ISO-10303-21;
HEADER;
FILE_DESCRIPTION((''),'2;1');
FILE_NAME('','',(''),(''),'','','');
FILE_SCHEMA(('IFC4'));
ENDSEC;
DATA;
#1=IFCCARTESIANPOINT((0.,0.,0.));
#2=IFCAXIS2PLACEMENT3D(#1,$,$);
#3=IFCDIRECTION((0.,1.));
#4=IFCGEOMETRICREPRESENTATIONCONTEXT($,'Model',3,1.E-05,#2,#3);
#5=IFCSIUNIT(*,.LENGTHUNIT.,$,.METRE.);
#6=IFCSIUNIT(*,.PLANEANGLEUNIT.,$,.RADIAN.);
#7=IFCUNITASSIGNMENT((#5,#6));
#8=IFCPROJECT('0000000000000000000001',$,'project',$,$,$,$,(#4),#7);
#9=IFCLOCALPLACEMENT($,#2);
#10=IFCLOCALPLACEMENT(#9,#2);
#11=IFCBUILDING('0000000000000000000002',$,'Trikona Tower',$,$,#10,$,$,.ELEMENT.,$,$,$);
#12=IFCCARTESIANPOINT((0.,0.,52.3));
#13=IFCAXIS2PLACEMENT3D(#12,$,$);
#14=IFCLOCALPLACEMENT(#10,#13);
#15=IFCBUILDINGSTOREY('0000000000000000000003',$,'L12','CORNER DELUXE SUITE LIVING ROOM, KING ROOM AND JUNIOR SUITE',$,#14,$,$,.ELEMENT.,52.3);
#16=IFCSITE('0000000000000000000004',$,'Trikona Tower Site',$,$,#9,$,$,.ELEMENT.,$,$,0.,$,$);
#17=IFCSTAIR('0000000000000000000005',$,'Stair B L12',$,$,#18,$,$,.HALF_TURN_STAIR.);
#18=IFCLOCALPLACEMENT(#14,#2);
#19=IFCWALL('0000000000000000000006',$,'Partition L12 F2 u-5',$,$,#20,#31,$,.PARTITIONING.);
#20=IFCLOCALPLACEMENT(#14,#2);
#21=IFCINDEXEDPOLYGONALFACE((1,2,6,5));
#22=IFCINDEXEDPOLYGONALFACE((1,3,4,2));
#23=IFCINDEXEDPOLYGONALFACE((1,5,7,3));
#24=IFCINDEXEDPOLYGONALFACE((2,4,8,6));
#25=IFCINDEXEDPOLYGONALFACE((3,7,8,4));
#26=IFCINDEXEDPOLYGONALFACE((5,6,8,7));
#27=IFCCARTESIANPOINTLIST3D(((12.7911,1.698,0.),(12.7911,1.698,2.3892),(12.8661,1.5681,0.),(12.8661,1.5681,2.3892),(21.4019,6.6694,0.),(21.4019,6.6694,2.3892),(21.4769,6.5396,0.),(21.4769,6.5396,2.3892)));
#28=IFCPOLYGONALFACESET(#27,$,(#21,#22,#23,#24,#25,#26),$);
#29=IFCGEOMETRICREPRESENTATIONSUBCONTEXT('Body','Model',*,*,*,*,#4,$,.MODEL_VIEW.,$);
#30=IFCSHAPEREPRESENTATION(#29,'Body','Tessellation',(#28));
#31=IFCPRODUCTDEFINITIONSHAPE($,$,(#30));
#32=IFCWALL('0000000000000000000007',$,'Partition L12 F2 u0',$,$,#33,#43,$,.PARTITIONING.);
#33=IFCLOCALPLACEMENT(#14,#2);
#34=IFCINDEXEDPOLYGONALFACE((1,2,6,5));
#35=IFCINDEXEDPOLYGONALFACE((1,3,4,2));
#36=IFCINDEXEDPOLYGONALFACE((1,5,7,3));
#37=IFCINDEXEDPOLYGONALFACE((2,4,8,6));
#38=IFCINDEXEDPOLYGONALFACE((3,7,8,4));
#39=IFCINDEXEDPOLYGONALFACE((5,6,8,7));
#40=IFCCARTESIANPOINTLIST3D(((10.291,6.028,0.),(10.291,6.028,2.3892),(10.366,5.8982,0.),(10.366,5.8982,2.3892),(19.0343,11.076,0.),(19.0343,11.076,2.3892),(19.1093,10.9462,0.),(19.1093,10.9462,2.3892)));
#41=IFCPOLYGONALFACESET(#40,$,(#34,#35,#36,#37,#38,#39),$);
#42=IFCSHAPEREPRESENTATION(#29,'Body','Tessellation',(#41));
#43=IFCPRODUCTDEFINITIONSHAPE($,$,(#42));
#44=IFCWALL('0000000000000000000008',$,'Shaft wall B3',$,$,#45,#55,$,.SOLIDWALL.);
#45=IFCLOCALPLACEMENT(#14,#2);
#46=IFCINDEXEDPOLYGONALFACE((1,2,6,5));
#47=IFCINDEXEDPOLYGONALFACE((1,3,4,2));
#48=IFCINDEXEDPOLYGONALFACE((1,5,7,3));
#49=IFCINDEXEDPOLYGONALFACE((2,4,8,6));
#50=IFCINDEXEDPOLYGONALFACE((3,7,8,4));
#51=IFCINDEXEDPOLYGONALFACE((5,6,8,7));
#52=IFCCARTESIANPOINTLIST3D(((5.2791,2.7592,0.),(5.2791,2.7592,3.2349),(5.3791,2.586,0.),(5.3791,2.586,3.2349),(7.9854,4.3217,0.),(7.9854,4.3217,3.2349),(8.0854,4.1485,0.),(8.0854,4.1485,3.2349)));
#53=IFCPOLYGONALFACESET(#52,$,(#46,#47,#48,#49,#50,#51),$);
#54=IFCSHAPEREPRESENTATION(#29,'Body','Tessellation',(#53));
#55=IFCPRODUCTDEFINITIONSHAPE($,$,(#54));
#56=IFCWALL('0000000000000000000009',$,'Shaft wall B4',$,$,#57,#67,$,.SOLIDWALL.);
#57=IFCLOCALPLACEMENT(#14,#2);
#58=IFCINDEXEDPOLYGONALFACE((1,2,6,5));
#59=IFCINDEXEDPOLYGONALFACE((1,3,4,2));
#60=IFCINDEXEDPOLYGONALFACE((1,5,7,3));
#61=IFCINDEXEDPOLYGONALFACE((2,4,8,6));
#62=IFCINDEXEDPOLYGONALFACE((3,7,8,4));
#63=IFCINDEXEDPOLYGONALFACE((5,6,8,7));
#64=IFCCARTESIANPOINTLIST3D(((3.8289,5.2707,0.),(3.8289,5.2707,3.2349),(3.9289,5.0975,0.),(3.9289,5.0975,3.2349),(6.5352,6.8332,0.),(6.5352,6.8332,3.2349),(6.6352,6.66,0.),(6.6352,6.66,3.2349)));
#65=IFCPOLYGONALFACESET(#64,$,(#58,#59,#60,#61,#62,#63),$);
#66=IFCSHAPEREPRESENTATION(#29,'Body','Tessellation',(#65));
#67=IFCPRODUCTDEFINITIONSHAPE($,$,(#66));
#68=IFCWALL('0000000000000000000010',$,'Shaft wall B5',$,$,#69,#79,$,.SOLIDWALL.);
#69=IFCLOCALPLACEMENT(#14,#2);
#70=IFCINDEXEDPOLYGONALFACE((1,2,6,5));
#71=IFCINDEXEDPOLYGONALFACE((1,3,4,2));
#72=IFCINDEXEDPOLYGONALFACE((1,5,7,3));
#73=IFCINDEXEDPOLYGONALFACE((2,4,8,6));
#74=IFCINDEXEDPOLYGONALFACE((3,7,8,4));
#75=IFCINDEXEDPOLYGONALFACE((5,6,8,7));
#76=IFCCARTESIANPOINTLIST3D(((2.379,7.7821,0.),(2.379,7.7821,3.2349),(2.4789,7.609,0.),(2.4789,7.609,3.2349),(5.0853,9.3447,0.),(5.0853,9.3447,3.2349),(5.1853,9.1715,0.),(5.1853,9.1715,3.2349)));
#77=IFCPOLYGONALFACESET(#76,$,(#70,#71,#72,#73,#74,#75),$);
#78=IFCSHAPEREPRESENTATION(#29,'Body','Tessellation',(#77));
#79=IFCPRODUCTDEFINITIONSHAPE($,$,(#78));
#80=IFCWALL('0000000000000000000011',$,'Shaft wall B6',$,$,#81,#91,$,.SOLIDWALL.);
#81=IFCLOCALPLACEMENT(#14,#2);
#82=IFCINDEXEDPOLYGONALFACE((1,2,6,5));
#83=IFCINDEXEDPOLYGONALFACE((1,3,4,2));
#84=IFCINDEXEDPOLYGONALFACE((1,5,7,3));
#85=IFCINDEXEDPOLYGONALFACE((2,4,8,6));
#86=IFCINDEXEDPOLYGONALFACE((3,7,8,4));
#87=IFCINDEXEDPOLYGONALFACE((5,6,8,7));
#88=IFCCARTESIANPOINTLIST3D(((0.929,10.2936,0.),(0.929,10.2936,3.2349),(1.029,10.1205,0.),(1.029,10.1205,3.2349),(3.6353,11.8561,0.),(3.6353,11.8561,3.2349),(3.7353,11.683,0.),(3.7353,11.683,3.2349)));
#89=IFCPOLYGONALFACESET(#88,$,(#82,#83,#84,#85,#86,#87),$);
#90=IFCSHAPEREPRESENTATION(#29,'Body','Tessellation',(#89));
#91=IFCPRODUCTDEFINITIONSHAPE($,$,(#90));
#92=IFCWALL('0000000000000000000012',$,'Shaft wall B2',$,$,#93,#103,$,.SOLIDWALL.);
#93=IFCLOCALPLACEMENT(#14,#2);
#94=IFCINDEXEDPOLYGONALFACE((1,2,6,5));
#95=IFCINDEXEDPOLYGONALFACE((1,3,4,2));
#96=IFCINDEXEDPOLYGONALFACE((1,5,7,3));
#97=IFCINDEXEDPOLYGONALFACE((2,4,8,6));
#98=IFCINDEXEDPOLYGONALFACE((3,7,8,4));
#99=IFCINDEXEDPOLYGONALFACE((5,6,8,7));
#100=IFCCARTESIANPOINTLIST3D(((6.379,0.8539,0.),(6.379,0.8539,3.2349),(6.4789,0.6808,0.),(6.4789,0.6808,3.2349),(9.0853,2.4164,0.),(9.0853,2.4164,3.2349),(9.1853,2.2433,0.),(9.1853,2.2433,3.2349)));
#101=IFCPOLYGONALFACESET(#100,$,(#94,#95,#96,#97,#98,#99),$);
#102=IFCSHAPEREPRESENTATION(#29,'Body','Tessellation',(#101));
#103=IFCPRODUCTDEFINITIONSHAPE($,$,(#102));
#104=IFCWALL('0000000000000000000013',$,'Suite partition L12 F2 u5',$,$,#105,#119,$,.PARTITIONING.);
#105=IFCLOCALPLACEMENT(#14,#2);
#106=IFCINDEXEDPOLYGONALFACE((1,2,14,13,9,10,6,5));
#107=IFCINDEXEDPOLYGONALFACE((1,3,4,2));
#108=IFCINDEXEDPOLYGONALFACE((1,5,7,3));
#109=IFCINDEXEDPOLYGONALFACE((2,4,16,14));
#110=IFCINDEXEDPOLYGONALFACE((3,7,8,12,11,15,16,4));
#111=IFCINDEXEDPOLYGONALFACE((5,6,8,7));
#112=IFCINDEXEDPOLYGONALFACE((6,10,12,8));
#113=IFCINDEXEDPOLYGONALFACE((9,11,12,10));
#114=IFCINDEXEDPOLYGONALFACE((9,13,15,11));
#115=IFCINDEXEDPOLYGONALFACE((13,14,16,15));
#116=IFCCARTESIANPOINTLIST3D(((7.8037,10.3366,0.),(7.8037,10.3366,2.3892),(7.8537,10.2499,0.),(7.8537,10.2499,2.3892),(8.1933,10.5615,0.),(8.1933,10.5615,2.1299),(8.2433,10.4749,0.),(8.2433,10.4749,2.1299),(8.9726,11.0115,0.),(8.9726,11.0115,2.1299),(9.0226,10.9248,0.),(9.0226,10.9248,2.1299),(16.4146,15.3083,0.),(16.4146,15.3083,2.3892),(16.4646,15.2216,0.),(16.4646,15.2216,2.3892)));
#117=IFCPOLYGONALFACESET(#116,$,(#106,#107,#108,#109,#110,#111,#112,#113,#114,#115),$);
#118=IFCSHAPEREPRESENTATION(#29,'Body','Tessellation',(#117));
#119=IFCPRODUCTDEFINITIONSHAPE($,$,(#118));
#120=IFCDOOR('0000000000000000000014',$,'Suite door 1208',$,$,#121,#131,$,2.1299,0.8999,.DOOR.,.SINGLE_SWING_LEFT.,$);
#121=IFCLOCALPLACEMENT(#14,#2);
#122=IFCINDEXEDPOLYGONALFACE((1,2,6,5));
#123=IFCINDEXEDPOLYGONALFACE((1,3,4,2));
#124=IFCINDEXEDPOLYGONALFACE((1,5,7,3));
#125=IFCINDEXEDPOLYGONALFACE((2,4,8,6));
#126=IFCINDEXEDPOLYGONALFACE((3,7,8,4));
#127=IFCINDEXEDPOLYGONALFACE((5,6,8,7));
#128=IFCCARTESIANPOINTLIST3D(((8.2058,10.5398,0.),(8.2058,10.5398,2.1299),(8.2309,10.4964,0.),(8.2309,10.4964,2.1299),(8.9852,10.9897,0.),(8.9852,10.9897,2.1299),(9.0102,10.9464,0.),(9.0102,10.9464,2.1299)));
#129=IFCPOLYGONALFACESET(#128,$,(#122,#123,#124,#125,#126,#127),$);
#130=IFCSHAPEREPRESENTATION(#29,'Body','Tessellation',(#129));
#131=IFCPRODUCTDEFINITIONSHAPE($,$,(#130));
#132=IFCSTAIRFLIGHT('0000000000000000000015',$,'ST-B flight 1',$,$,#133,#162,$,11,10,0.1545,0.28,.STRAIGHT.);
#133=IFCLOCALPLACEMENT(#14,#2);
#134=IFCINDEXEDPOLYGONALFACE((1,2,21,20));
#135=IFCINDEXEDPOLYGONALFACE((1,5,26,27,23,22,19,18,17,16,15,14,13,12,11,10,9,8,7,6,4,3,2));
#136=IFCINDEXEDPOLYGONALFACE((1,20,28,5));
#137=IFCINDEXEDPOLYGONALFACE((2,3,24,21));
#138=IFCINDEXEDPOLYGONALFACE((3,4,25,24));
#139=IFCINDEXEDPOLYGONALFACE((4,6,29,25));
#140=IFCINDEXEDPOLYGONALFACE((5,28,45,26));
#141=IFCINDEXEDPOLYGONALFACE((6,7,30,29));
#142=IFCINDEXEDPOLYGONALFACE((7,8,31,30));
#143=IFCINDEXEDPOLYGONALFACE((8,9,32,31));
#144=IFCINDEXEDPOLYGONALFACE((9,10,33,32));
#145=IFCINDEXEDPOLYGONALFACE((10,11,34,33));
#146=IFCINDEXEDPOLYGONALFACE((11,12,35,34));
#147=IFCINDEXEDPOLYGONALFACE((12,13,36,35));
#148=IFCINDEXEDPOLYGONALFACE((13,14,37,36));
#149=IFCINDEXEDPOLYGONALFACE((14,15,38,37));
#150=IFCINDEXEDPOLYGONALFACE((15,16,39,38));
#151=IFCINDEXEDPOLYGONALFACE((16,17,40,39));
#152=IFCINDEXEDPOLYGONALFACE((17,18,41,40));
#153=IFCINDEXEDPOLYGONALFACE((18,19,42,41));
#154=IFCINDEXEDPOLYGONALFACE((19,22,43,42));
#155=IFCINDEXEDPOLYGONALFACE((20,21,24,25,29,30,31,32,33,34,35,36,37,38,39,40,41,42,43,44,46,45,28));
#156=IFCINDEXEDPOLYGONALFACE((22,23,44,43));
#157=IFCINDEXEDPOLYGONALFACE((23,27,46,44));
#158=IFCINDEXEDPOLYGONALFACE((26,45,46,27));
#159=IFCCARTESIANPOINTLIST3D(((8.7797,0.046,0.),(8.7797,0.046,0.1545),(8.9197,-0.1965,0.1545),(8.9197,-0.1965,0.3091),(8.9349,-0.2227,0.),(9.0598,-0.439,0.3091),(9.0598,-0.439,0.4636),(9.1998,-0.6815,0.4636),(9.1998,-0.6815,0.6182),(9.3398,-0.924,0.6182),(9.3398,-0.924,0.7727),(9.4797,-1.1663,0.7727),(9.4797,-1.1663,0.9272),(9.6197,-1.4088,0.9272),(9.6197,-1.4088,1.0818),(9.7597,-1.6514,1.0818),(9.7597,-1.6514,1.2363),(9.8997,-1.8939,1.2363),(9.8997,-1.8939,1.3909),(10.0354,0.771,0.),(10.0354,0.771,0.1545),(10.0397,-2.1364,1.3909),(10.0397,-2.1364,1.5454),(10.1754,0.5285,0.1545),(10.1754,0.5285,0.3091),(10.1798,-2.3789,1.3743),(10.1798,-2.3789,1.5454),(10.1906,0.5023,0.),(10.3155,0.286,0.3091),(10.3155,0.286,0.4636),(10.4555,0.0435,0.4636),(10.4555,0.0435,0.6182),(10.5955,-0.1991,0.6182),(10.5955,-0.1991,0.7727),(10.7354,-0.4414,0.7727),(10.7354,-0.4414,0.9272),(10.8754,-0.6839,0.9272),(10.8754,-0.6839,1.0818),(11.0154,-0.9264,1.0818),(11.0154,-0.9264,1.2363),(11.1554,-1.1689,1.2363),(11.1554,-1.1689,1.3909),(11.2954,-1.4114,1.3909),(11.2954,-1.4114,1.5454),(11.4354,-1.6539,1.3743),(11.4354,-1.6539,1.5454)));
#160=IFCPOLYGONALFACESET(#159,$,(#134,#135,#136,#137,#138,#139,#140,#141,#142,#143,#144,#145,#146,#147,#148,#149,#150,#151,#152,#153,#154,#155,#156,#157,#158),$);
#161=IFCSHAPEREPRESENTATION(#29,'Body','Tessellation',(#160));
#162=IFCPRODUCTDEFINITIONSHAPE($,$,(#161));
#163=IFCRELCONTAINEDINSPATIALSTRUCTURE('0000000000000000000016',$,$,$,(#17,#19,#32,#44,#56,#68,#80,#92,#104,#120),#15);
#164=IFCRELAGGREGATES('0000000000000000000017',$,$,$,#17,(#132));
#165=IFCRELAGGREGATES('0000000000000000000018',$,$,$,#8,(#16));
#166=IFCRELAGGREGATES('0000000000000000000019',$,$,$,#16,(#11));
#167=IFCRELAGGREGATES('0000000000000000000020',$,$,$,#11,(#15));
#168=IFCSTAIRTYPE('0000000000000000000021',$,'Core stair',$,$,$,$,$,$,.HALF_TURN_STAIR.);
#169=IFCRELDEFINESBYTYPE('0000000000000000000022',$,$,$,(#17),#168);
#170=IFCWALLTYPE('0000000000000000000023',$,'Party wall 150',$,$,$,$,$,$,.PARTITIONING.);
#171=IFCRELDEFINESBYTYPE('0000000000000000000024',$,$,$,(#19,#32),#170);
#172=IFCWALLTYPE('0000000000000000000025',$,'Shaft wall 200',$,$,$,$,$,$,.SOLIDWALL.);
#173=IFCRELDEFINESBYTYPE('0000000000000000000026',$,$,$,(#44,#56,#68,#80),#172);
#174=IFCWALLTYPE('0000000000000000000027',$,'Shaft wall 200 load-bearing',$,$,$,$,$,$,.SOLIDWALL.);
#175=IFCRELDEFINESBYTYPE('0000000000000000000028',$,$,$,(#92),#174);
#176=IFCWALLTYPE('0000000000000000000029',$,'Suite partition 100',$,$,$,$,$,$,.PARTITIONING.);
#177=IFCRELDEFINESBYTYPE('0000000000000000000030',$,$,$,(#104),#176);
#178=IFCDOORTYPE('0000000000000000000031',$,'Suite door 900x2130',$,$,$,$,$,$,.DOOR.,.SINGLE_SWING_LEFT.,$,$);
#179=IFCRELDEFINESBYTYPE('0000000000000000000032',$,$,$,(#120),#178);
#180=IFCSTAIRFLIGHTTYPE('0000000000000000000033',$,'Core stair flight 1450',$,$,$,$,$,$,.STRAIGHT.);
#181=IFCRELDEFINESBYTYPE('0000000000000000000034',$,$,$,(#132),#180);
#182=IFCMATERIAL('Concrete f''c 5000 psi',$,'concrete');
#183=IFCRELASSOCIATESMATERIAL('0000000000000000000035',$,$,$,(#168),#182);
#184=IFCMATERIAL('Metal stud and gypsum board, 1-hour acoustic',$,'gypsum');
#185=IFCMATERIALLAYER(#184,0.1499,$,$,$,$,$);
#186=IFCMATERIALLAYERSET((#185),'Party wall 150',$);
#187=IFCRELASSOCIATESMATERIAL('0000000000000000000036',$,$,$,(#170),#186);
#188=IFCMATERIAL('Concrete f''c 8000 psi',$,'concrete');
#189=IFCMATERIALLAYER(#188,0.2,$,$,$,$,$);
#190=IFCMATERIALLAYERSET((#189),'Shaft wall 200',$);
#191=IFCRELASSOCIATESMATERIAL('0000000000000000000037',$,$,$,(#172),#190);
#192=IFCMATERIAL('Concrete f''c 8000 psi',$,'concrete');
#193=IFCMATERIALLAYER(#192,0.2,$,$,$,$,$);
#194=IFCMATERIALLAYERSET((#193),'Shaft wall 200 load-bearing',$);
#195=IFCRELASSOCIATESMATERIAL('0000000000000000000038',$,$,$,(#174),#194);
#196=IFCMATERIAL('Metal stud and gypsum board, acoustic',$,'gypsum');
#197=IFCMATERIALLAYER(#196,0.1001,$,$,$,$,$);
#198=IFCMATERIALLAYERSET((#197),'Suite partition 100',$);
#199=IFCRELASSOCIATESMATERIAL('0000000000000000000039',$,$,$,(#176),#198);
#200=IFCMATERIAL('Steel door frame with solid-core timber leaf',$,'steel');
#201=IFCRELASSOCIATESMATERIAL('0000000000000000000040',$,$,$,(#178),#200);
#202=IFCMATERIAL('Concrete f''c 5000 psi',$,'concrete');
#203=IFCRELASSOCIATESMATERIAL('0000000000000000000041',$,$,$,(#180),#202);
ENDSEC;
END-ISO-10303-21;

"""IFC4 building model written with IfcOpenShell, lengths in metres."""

from ifc_helpers import new_model, si_unit, direction, frame, frame_2d, origin, place, context, subcontext, project, spatial, polyline, rectangle, outline, extrude, material, layer, layer_set, type_object, element, fill, aggregate, save


model = new_model("IFC4")

# Units and contexts
model_context = context("Model", 3, precision=1e-05, world=origin(), true_north=direction((0.0, 1.0)))
body_context = subcontext(model_context, "Body", "Model", "MODEL_VIEW")
ifc_project = project(units=[si_unit("LENGTHUNIT", "METRE"), si_unit("PLANEANGLEUNIT", "RADIAN")], contexts=[model_context])

# Site, building, storey
site_placement = place(None, origin())
site = spatial("IfcSite", under=ifc_project, at=site_placement, Name="Trikona Tower Site", CompositionType="ELEMENT", RefElevation=0.0)
building_placement = place(site_placement, origin())
building = spatial("IfcBuilding", under=site, at=building_placement, Name="Trikona Tower", CompositionType="ELEMENT")
storey_placement = place(building_placement, frame((0.0, 0.0, 52.3)))
storey = spatial("IfcBuildingStorey", under=building, at=storey_placement, Name="L12", Description="CORNER DELUXE SUITE LIVING ROOM, KING ROOM AND JUNIOR SUITE", CompositionType="ELEMENT", Elevation=52.3)

# Stair
ifc_material_1 = material(Name="Concrete f'c 5000 psi", Category="concrete")
stair_type = type_object("IfcStairType", Name="Core stair", PredefinedType="HALF_TURN_STAIR", material=ifc_material_1)
stair_1_placement = place(storey_placement, origin())
stair_1 = element("IfcStair", 1, at=stair_1_placement, inside=storey, type_object=stair_type, Name="Stair B L12", PredefinedType="HALF_TURN_STAIR")

# Walls
ifc_material_2 = material(Name="Metal stud and gypsum board, 1-hour acoustic", Category="gypsum")
ifc_layer_1 = layer(ifc_material_2, 0.1499)
ifc_layer_set_1 = layer_set([ifc_layer_1], Name="Party wall 150")
wall_type_1 = type_object("IfcWallType", Name="Party wall 150", PredefinedType="PARTITIONING", material=ifc_layer_set_1)
wall_1_placement = place(storey_placement, frame((12.8286, 1.6331, 0.0), z_axis=(0.0, 0.0, 1.0), x_axis=(0.866027, 0.499997, 0.0)))
element("IfcWall", 2, at=wall_1_placement, inside=storey, type_object=wall_type_1, Name="Partition L12 F2 u-5", PredefinedType="PARTITIONING", context=body_context, shape_type="SweptSolid", body=[
    extrude(rectangle(XDim=9.9429, YDim=0.1499, at=frame_2d((4.9714, 0.0))), origin(), (0.0, 0.0, 1.0), 2.3892),
])
wall_2_placement = place(storey_placement, frame((10.3286, 5.9631, 0.0), z_axis=(0.0, 0.0, 1.0), x_axis=(0.866022, 0.500006, 0.0)))
element("IfcWall", 3, at=wall_2_placement, inside=storey, type_object=wall_type_1, Name="Partition L12 F2 u0", PredefinedType="PARTITIONING", context=body_context, shape_type="SweptSolid", body=[
    extrude(rectangle(XDim=10.0959, YDim=0.1499, at=frame_2d((5.0479, 0.0))), origin(), (0.0, 0.0, 1.0), 2.3892),
])
ifc_material_3 = material(Name="Concrete f'c 8000 psi", Category="concrete")
ifc_layer_2 = layer(ifc_material_3, 0.2)
ifc_layer_set_2 = layer_set([ifc_layer_2], Name="Shaft wall 200")
wall_type_2 = type_object("IfcWallType", Name="Shaft wall 200", PredefinedType="SOLIDWALL", material=ifc_layer_set_2)
for number, where, z_axis, x_axis, name in (
    (4, (5.3291, 2.6726, 0.0), (0.0, 0.0, 1.0), (0.866023, 0.500004, 0.0), "Shaft wall B3"),
    (5, (3.8789, 5.1841, 0.0), (0.0, 0.0, 1.0), (0.866023, 0.500004, 0.0), "Shaft wall B4"),
    (6, (2.429, 7.6956, 0.0), (0.0, 0.0, 1.0), (0.866023, 0.500004, 0.0), "Shaft wall B5"),
    (7, (0.979, 10.207, 0.0), (0.0, 0.0, 1.0), (0.866023, 0.500004, 0.0), "Shaft wall B6"),
):
    element("IfcWall", number, at=place(storey_placement, frame(where, z_axis=z_axis, x_axis=x_axis)), inside=storey, type_object=wall_type_2, Name=name, PredefinedType="SOLIDWALL", context=body_context, shape_type="SweptSolid", body=[
        extrude(rectangle(XDim=3.125, YDim=0.2, at=frame_2d((1.5625, 0.0))), origin(), (0.0, 0.0, 1.0), 3.2349),
    ])
ifc_material_4 = material(Name="Concrete f'c 8000 psi", Category="concrete")
ifc_layer_3 = layer(ifc_material_4, 0.2)
ifc_layer_set_3 = layer_set([ifc_layer_3], Name="Shaft wall 200 load-bearing")
wall_type_3 = type_object("IfcWallType", Name="Shaft wall 200 load-bearing", PredefinedType="SOLIDWALL", material=ifc_layer_set_3)
wall_3_placement = place(storey_placement, frame((6.429, 0.7673, 0.0), z_axis=(0.0, 0.0, 1.0), x_axis=(0.866023, 0.500004, 0.0)))
element("IfcWall", 8, at=wall_3_placement, inside=storey, type_object=wall_type_3, Name="Shaft wall B2", PredefinedType="SOLIDWALL", context=body_context, shape_type="SweptSolid", body=[
    extrude(rectangle(XDim=3.125, YDim=0.2, at=frame_2d((1.5625, 0.0))), origin(), (0.0, 0.0, 1.0), 3.2349),
])

# Wall, opening, door
ifc_material_5 = material(Name="Metal stud and gypsum board, acoustic", Category="gypsum")
ifc_layer_4 = layer(ifc_material_5, 0.1001)
ifc_layer_set_4 = layer_set([ifc_layer_4], Name="Suite partition 100")
wall_type_4 = type_object("IfcWallType", Name="Suite partition 100", PredefinedType="PARTITIONING", material=ifc_layer_set_4)
wall_4_placement = place(storey_placement, frame((7.8286, 10.2932, 0.0), z_axis=(0.0, 0.0, 1.0), x_axis=(0.866016, 0.500016, 0.0)))
wall_4 = element("IfcWall", 9, at=wall_4_placement, inside=storey, type_object=wall_type_4, Name="Suite partition L12 F2 u5", PredefinedType="PARTITIONING", context=body_context, shape_type="SweptSolid", body=[
    extrude(rectangle(XDim=9.9431, YDim=0.1001, at=frame_2d((4.9717, 0.0))), origin(), (0.0, 0.0, 1.0), 2.3892),
])
opening_1_placement = place(wall_4_placement, frame((0.45, 0.0, 0.0)))
opening_1 = element("IfcOpeningElement", 10, at=opening_1_placement, cuts=wall_4, PredefinedType="OPENING", context=body_context, shape_type="SweptSolid", body=[
    extrude(rectangle(XDim=0.8999, YDim=2.1299, at=frame_2d((0.45, 1.0649))), frame((0.0, 0.0601, 0.0), z_axis=(0.0, -1.0, 0.0), x_axis=(1.0, 0.0, 0.0)), (0.0, 0.0, 1.0), 0.1201),
])
ifc_material_6 = material(Name="Steel door frame with solid-core timber leaf", Category="steel")
door_type_1 = type_object("IfcDoorType", Name="Suite door 900x2130", OperationType="SINGLE_SWING_LEFT", PredefinedType="DOOR", material=ifc_material_6)
door_1_placement = place(opening_1_placement, origin())
door_1 = element("IfcDoor", 11, at=door_1_placement, inside=storey, type_object=door_type_1, Name="Suite door 1208", OperationType="SINGLE_SWING_LEFT", OverallHeight=2.1299, OverallWidth=0.8999, PredefinedType="DOOR", context=body_context, shape_type="SweptSolid", body=[
    extrude(rectangle(XDim=0.8999, YDim=2.1299, at=frame_2d((0.45, 1.0649))), frame((0.0, 0.0249, 0.0), z_axis=(0.0, -1.0, 0.0), x_axis=(1.0, 0.0, 0.0)), (0.0, 0.0, 1.0), 0.05),
])
fill(opening_1, door_1)

# Stair flight
ifc_material_7 = material(Name="Concrete f'c 5000 psi", Category="concrete")
stair_flight_type = type_object("IfcStairFlightType", Name="Core stair flight 1450", PredefinedType="STRAIGHT", material=ifc_material_7)
stair_flight_placement = place(storey_placement, frame((9.4075, 0.4084, 0.0), z_axis=(0.0, 0.0, 1.0), x_axis=(0.5, -0.866025, 0.0)))
stair_flight = element("IfcStairFlight", 12, at=stair_flight_placement, type_object=stair_flight_type, Name="ST-B flight 1", NumberOfRisers=11, NumberOfTreads=10, PredefinedType="STRAIGHT", RiserHeight=0.1545, TreadLength=0.28, context=body_context, shape_type="SweptSolid", body=[
    extrude(outline(polyline([(0.0, 0.0), (0.0, 0.1545), (0.28, 0.1545), (0.28, 0.3091), (0.5601, 0.3091), (0.5601, 0.4636), (0.8401, 0.4636), (0.8401, 0.6182), (1.1201, 0.6182), (1.1201, 0.7727), (1.3999, 0.7727), (1.3999, 0.9272), (1.6799, 0.9272), (1.6799, 1.0818), (1.96, 1.0818), (1.96, 1.2363), (2.24, 1.2363), (2.24, 1.3909), (2.52, 1.3909), (2.52, 1.5454), (2.8, 1.5454), (2.8, 1.7), (2.8, 1.3743), (0.3103, 0.0), (0.0, 0.0)])), frame((0.0, 0.7251, 0.0), z_axis=(0.0, -1.0, 0.0), x_axis=(1.0, 0.0, 0.0)), (0.0, 0.0, 1.0), 1.45),
])
aggregate(stair_1, [stair_flight])

save(model, "model.ifc")
